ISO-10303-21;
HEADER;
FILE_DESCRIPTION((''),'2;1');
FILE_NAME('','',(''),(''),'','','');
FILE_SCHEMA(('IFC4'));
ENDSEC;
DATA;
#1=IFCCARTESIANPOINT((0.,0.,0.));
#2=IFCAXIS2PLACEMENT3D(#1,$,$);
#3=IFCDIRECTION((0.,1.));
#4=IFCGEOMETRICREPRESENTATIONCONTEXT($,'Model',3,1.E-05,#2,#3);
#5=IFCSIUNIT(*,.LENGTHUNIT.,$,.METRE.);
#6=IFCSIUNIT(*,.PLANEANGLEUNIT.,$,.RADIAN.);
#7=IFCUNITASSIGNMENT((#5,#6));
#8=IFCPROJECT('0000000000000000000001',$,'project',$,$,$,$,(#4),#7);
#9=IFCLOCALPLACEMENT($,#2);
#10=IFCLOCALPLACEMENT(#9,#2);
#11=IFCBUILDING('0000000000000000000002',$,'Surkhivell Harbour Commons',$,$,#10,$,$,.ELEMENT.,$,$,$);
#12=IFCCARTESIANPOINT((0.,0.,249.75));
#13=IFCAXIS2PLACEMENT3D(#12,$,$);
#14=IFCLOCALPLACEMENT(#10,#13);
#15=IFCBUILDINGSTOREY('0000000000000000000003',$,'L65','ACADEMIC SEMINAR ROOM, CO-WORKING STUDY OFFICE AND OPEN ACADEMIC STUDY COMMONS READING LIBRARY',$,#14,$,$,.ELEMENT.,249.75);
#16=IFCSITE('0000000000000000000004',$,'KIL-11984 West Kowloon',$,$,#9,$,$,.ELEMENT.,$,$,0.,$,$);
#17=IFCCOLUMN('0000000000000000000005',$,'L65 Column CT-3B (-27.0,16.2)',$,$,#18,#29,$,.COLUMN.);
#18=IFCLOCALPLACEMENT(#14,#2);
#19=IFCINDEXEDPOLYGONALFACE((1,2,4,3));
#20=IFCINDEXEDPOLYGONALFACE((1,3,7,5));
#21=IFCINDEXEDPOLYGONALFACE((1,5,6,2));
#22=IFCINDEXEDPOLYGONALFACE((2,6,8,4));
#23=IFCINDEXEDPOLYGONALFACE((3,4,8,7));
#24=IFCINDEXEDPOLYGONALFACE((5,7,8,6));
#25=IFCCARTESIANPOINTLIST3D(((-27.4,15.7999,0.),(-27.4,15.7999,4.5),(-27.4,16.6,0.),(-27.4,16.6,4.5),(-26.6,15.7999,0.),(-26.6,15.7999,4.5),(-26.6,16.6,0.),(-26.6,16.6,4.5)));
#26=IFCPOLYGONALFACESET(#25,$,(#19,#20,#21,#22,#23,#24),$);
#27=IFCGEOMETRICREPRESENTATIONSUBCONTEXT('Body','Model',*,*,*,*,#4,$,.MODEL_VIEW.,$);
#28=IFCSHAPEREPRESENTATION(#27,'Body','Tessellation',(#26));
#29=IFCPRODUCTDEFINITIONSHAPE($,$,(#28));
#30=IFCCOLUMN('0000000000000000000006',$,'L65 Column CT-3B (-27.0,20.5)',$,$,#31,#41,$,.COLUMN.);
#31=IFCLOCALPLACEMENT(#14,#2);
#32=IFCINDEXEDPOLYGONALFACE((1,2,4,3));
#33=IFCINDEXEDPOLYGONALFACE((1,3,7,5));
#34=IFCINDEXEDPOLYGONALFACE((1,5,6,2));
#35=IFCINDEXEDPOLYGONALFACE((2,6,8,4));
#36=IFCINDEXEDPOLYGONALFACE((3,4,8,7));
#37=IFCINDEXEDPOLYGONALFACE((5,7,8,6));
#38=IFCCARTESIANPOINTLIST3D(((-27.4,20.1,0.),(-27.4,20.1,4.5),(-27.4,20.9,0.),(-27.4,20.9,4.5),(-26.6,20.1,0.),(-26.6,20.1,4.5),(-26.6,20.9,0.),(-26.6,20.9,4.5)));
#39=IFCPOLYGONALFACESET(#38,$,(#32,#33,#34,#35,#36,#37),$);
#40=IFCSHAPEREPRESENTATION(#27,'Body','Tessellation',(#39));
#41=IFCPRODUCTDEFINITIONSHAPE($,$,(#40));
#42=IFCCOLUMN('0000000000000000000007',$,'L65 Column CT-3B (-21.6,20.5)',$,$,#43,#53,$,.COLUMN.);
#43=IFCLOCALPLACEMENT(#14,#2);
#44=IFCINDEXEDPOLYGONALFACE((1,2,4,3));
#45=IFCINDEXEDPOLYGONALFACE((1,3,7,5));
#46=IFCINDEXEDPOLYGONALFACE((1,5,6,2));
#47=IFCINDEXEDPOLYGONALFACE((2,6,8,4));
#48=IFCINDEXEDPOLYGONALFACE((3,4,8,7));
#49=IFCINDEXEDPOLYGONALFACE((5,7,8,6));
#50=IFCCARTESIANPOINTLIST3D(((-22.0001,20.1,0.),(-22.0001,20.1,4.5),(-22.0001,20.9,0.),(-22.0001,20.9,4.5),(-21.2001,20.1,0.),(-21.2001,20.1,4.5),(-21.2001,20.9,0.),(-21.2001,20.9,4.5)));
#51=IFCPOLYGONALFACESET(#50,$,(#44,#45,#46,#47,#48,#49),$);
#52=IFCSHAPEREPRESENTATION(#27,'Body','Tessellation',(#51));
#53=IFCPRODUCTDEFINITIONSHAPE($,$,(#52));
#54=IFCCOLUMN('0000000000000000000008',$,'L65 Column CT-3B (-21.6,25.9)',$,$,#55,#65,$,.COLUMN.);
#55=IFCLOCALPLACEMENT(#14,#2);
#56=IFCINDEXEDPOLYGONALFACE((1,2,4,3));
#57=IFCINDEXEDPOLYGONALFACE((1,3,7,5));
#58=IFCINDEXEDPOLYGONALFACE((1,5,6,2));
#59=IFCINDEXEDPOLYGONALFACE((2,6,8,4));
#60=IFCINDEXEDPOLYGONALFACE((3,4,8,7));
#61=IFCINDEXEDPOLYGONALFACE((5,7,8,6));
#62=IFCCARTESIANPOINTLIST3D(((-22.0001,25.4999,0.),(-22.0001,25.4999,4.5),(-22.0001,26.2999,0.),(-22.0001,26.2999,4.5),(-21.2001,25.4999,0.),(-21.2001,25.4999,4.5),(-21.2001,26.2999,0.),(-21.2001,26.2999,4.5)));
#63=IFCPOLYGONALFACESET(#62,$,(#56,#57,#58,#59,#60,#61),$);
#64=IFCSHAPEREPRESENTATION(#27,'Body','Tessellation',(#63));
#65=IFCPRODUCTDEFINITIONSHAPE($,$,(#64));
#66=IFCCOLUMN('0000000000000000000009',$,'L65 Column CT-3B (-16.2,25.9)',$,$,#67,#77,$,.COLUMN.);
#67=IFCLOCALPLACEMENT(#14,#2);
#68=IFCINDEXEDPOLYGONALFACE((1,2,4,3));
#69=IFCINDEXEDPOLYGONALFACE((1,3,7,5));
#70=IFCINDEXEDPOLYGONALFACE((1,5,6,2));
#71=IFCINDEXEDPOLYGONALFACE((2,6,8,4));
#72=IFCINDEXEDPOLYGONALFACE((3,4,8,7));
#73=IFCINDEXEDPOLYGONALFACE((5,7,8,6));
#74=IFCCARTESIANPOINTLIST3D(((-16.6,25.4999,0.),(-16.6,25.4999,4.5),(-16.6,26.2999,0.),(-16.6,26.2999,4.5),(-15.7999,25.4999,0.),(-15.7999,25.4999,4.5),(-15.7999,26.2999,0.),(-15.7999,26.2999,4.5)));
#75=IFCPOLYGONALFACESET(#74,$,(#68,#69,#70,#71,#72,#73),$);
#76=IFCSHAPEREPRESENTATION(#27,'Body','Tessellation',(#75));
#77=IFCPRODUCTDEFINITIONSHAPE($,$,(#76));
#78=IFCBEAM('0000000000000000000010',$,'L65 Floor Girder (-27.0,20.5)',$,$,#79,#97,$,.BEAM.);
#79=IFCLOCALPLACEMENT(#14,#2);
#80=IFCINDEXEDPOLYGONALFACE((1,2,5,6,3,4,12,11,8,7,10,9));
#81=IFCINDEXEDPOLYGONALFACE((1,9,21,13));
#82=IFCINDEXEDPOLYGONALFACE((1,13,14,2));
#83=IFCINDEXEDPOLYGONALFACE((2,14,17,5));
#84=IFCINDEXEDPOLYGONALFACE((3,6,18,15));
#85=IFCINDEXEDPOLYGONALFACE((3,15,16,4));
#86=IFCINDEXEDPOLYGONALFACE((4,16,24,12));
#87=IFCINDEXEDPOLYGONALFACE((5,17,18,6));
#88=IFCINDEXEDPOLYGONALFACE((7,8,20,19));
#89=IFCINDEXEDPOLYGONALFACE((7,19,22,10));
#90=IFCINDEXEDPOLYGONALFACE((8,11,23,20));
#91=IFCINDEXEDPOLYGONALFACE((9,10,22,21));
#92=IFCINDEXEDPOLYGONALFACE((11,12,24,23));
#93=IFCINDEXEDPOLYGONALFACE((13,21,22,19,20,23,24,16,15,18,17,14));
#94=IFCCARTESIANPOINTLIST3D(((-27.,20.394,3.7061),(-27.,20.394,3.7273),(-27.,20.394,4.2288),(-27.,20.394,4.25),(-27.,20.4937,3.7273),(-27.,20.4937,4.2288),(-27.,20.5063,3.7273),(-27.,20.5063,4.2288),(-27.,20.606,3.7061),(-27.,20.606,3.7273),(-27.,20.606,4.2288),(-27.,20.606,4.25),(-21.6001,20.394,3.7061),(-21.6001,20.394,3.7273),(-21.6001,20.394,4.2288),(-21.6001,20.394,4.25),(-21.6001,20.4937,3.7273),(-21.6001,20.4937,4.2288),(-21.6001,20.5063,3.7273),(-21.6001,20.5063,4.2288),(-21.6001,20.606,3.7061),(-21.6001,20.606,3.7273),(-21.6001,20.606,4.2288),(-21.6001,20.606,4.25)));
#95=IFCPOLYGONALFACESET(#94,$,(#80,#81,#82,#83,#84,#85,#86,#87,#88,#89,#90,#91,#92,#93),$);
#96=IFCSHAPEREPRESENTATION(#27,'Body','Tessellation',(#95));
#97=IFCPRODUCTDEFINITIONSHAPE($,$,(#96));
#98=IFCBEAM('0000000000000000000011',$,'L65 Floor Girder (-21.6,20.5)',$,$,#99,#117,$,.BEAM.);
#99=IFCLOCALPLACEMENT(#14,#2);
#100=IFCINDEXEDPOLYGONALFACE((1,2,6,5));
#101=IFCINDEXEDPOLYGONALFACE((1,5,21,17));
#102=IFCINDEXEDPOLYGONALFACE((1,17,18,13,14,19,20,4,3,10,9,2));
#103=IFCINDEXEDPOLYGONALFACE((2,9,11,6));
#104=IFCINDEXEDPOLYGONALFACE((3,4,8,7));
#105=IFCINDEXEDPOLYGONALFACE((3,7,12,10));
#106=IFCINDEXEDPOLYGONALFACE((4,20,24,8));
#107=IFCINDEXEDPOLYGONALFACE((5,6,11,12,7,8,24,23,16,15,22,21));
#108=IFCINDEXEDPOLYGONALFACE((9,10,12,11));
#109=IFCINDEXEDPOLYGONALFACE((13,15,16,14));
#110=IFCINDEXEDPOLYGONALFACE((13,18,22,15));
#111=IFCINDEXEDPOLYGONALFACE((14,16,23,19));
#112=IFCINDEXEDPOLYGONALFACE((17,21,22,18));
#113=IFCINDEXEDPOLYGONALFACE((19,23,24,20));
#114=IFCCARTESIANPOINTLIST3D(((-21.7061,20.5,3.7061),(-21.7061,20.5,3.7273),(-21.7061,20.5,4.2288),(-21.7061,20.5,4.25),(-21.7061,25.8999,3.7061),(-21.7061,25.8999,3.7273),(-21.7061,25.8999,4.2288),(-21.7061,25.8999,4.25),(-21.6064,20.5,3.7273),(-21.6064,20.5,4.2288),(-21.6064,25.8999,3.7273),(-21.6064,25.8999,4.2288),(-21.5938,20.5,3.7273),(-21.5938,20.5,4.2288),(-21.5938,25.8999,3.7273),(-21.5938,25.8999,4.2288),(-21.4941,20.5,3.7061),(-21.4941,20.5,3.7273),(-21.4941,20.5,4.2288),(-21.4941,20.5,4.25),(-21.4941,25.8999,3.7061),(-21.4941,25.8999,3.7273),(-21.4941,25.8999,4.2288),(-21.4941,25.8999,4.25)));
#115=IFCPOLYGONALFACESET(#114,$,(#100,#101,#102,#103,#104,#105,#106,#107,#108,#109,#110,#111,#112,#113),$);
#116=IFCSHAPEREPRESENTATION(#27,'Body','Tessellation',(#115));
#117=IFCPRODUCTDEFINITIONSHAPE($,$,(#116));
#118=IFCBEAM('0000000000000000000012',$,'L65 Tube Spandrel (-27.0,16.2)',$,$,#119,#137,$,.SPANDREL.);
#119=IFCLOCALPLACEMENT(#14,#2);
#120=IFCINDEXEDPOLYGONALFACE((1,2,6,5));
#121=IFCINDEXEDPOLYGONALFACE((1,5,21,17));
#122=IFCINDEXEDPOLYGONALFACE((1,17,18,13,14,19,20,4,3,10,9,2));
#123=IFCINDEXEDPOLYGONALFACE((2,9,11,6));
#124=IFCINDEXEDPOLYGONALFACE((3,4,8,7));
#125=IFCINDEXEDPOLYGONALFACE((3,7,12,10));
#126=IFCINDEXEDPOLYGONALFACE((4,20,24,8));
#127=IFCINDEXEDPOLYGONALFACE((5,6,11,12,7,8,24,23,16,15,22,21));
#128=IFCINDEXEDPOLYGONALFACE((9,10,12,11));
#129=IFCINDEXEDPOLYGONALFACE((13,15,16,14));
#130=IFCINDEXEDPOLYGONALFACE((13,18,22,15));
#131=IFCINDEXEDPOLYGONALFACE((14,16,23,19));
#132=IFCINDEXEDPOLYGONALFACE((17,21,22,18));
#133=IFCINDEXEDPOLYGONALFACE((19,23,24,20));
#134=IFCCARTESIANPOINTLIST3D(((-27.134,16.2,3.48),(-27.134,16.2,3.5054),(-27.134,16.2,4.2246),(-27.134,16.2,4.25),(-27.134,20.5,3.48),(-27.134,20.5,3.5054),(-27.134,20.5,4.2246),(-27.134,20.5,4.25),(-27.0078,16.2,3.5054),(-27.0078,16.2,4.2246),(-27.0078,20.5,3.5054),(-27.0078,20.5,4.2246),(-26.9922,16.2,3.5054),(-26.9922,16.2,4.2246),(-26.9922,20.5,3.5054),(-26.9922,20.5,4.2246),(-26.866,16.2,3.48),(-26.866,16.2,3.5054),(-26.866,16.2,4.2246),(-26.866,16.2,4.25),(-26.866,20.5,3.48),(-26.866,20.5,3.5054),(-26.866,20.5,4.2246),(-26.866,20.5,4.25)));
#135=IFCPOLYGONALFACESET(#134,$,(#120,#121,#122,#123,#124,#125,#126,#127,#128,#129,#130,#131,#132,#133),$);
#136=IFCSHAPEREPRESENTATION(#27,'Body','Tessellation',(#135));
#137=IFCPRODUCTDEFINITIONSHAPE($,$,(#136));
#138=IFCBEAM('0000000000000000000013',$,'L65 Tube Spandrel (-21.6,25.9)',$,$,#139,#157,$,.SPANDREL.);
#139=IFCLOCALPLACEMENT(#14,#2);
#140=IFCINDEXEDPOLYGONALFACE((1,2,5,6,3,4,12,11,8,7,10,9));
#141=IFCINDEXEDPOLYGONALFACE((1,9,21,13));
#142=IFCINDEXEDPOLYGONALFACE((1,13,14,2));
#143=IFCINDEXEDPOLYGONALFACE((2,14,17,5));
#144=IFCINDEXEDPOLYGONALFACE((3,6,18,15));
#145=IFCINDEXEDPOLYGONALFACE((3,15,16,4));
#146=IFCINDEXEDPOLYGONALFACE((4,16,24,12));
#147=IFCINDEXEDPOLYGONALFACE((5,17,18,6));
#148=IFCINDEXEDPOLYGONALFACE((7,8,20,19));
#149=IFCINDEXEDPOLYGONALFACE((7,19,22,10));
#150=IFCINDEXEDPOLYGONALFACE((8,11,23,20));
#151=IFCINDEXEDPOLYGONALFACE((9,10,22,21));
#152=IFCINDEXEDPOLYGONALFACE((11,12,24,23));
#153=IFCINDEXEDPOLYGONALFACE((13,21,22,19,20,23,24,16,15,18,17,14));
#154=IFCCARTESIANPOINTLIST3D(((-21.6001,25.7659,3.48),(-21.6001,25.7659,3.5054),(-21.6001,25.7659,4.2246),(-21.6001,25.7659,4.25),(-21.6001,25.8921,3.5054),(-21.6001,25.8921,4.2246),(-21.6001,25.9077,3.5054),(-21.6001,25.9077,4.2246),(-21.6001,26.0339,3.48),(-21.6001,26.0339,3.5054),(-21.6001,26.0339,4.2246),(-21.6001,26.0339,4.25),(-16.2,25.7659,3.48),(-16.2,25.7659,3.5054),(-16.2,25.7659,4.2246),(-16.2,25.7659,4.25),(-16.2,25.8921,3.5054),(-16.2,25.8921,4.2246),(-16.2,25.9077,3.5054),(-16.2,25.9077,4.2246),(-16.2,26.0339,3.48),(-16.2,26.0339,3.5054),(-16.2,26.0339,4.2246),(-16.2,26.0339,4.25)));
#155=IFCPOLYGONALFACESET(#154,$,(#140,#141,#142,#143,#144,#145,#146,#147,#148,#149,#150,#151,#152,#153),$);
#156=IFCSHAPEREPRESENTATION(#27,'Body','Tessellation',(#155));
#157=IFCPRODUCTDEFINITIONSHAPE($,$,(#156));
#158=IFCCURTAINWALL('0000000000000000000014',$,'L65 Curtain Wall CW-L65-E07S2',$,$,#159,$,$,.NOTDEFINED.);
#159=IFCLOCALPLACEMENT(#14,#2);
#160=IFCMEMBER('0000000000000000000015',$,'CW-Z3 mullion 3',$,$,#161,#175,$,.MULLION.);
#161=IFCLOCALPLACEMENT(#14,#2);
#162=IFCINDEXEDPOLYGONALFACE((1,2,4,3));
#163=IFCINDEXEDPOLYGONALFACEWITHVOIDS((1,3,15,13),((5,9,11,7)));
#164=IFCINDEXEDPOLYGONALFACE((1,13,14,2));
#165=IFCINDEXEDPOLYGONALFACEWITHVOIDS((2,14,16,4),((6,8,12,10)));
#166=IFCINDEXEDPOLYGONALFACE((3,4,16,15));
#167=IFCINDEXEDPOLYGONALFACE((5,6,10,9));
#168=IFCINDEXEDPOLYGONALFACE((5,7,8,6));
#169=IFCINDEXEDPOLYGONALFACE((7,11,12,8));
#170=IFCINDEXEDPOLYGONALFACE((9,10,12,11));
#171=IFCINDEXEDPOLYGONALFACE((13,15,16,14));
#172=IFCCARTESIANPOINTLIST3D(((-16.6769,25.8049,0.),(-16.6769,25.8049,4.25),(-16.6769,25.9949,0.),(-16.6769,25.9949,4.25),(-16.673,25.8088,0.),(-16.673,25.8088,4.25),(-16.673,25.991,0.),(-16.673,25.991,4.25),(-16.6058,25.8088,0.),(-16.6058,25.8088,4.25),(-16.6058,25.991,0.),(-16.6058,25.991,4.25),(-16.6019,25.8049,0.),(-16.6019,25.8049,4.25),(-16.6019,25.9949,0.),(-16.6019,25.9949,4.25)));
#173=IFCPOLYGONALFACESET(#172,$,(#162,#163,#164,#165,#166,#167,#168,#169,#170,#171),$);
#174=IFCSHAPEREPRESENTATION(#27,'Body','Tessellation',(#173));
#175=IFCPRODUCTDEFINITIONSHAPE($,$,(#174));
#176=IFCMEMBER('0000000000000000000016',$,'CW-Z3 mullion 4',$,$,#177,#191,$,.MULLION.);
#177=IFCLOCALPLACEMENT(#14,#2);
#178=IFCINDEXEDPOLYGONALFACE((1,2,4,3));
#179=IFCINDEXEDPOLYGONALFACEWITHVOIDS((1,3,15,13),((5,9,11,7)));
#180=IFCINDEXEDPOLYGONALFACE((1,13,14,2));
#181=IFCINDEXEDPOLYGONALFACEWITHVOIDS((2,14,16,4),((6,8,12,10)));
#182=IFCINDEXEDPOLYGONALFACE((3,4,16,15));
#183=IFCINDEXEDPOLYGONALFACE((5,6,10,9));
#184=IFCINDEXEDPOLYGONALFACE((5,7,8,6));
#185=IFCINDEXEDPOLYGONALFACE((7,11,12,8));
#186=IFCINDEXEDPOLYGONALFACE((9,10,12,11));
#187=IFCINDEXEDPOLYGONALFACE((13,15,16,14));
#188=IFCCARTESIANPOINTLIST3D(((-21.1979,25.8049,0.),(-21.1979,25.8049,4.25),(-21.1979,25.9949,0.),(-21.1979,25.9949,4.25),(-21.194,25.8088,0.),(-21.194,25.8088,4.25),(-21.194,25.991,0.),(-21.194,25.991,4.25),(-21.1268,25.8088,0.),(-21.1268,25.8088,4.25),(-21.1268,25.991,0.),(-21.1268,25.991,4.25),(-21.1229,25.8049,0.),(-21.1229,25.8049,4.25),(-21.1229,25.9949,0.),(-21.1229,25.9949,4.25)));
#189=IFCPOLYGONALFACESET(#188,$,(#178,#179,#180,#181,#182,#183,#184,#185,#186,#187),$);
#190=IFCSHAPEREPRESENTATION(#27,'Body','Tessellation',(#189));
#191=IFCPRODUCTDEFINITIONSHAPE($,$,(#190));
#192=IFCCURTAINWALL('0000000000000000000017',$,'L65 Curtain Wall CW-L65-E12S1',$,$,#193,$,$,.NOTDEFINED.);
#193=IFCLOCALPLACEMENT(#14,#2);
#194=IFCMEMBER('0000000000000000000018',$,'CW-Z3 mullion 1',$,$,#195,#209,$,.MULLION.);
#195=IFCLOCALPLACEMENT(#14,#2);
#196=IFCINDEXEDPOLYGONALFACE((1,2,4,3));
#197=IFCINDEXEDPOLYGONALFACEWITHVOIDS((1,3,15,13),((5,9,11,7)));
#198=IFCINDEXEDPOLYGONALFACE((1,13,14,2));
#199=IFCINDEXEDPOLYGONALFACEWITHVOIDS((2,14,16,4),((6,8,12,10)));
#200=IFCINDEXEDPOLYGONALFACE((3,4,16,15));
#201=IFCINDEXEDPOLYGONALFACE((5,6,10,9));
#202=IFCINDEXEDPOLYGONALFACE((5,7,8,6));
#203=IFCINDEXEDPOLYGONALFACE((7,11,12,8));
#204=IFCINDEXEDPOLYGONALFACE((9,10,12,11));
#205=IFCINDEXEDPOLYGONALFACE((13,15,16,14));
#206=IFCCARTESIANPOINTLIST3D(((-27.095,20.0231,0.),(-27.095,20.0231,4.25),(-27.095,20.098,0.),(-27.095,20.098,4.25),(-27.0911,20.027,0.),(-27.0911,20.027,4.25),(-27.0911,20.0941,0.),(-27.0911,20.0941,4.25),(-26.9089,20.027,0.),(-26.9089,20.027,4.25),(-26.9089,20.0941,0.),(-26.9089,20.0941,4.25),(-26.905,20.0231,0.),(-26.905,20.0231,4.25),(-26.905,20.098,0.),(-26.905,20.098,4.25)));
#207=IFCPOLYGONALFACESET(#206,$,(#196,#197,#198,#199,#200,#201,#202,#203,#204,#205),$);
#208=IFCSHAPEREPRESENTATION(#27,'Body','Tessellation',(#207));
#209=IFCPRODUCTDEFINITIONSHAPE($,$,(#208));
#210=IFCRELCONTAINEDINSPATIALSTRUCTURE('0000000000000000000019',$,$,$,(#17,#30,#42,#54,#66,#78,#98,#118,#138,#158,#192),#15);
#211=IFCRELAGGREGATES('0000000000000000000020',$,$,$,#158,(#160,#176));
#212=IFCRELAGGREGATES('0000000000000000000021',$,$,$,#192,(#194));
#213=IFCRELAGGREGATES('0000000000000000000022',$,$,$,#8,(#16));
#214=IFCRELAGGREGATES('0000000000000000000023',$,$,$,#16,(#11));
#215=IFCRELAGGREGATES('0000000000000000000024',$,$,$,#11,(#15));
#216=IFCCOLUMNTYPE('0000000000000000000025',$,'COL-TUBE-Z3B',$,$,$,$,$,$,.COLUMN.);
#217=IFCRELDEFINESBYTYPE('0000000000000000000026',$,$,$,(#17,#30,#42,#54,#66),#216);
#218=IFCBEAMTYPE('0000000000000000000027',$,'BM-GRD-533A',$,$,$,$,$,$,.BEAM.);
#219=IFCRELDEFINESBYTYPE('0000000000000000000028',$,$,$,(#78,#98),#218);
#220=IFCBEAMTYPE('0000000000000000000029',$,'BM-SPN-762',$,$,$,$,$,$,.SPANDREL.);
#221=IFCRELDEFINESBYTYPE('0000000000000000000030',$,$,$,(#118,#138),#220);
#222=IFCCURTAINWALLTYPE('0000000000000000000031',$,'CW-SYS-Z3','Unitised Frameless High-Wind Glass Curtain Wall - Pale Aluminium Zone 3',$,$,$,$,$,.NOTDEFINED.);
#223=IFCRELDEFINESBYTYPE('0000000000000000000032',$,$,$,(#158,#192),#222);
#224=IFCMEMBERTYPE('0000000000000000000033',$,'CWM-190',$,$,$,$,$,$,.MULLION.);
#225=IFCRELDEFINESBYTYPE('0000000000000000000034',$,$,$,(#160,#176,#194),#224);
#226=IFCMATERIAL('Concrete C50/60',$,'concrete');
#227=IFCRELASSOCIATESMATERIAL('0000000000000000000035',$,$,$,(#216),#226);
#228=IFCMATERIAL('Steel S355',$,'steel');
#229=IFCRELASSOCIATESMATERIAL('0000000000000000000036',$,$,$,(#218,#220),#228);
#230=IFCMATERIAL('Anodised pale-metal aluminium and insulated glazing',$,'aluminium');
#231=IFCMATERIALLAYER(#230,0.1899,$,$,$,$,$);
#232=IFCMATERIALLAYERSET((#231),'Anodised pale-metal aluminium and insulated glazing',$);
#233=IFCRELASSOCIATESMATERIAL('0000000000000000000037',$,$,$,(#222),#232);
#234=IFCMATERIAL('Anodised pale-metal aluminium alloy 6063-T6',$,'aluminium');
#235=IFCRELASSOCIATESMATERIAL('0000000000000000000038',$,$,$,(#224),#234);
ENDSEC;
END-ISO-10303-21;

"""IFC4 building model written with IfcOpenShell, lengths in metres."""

from ifc_helpers import new_model, si_unit, direction, frame, origin, origin_2d, place, context, subcontext, project, spatial, rectangle, hollow_rectangle, i_section, extrude, material, layer, layer_set, material_profile, profile_set, type_object, element, aggregate, save


model = new_model("IFC4")

# Units and contexts
model_context = context("Model", 3, precision=1e-05, world=origin(), true_north=direction((0.0, 1.0)))
body_context = subcontext(model_context, "Body", "Model", "MODEL_VIEW")
ifc_project = project(units=[si_unit("LENGTHUNIT", "METRE"), si_unit("PLANEANGLEUNIT", "RADIAN")], contexts=[model_context])

# Site, building, storey
site_placement = place(None, origin())
site = spatial("IfcSite", under=ifc_project, at=site_placement, Name="KIL-11984 West Kowloon", CompositionType="ELEMENT", RefElevation=0.0)
building_placement = place(site_placement, origin())
building = spatial("IfcBuilding", under=site, at=building_placement, Name="Surkhivell Harbour Commons", CompositionType="ELEMENT")
storey_placement = place(building_placement, frame((0.0, 0.0, 249.75)))
storey = spatial("IfcBuildingStorey", under=building, at=storey_placement, Name="L65", Description="ACADEMIC SEMINAR ROOM, CO-WORKING STUDY OFFICE AND OPEN ACADEMIC STUDY COMMONS READING LIBRARY", CompositionType="ELEMENT", Elevation=249.75)

# Columns
ifc_material_1 = material(Name="Concrete C50/60", Category="concrete")
ifc_material_profile_1 = material_profile(ifc_material_1, rectangle(XDim=0.8, YDim=0.8, at=origin_2d()), Name="RC-COL-800x800")
ifc_profile_set_1 = profile_set([ifc_material_profile_1], Name="Concrete C50/60")
column_type = type_object("IfcColumnType", Name="COL-TUBE-Z3B", PredefinedType="COLUMN", material=ifc_profile_set_1)
for number, where, z_axis, x_axis, name in (
    (1, (-27.0, 16.2, 0.0), (0.0, 0.0, 1.0), (1.0, 0.0, 0.0), "L65 Column CT-3B (-27.0,16.2)"),
    (2, (-27.0, 20.5, 0.0), (0.0, 0.0, 1.0), (1.0, 0.0, 0.0), "L65 Column CT-3B (-27.0,20.5)"),
    (3, (-21.6001, 20.5, 0.0), (0.0, 0.0, 1.0), (1.0, 0.0, 0.0), "L65 Column CT-3B (-21.6,20.5)"),
    (4, (-21.6001, 25.8999, 0.0), (0.0, 0.0, 1.0), (1.0, 0.0, 0.0), "L65 Column CT-3B (-21.6,25.9)"),
    (5, (-16.2, 25.8999, 0.0), (0.0, 0.0, 1.0), (1.0, 0.0, 0.0), "L65 Column CT-3B (-16.2,25.9)"),
):
    element("IfcColumn", number, at=place(storey_placement, frame(where, z_axis=z_axis, x_axis=x_axis)), inside=storey, type_object=column_type, Name=name, PredefinedType="COLUMN", context=body_context, shape_type="SweptSolid", body=[
        extrude(rectangle(XDim=0.8, YDim=0.8, at=origin_2d()), origin(), (0.0, 0.0, 1.0), 4.5),
    ])

# Beams
ifc_material_2 = material(Name="Steel S355", Category="steel")
ifc_material_profile_2 = material_profile(ifc_material_2, i_section(OverallWidth=0.2119, OverallDepth=0.5439, WebThickness=0.0127, FlangeThickness=0.0212, at=origin_2d()), Name="UB533x210x122")
ifc_profile_set_2 = profile_set([ifc_material_profile_2], Name="Steel S355")
beam_type_1 = type_object("IfcBeamType", Name="BM-GRD-533A", PredefinedType="BEAM", material=ifc_profile_set_2)
for number, where, z_axis, x_axis, name in (
    (6, (-27.0, 20.5, 3.978), (1.0, 0.0, 0.0), (0.0, 1.0, 0.0), "L65 Floor Girder (-27.0,20.5)"),
    (7, (-21.6001, 20.5, 3.978), (0.0, 1.0, 0.0), (-1.0, 0.0, 0.0), "L65 Floor Girder (-21.6,20.5)"),
):
    element("IfcBeam", number, at=place(storey_placement, frame(where, z_axis=z_axis, x_axis=x_axis)), inside=storey, type_object=beam_type_1, Name=name, PredefinedType="BEAM", context=body_context, shape_type="SweptSolid", body=[
        extrude(i_section(OverallWidth=0.2119, OverallDepth=0.5439, WebThickness=0.0127, FlangeThickness=0.0212, at=origin_2d()), origin(), (0.0, 0.0, 1.0), 5.3999),
    ])
ifc_material_profile_3 = material_profile(ifc_material_2, i_section(OverallWidth=0.2681, OverallDepth=0.77, WebThickness=0.0156, FlangeThickness=0.0254, at=origin_2d()), Name="UB762x267x197")
ifc_profile_set_3 = profile_set([ifc_material_profile_3], Name="Steel S355")
beam_type_2 = type_object("IfcBeamType", Name="BM-SPN-762", PredefinedType="SPANDREL", material=ifc_profile_set_3)
beam_1_placement = place(storey_placement, frame((-27.0, 16.2, 3.865), z_axis=(0.0, 1.0, 0.0), x_axis=(-1.0, 0.0, 0.0)))
element("IfcBeam", 8, at=beam_1_placement, inside=storey, type_object=beam_type_2, Name="L65 Tube Spandrel (-27.0,16.2)", PredefinedType="SPANDREL", context=body_context, shape_type="SweptSolid", body=[
    extrude(i_section(OverallWidth=0.2681, OverallDepth=0.77, WebThickness=0.0156, FlangeThickness=0.0254, at=origin_2d()), origin(), (0.0, 0.0, 1.0), 4.3),
])
beam_2_placement = place(storey_placement, frame((-21.6001, 25.8999, 3.865), z_axis=(1.0, 0.0, 0.0), x_axis=(0.0, 1.0, 0.0)))
element("IfcBeam", 9, at=beam_2_placement, inside=storey, type_object=beam_type_2, Name="L65 Tube Spandrel (-21.6,25.9)", PredefinedType="SPANDREL", context=body_context, shape_type="SweptSolid", body=[
    extrude(i_section(OverallWidth=0.2681, OverallDepth=0.77, WebThickness=0.0156, FlangeThickness=0.0254, at=origin_2d()), origin(), (0.0, 0.0, 1.0), 5.4001),
])

# Curtain walls, members
ifc_material_3 = material(Name="Anodised pale-metal aluminium and insulated glazing", Category="aluminium")
ifc_layer_1 = layer(ifc_material_3, 0.1899)
ifc_layer_set_1 = layer_set([ifc_layer_1], Name="Anodised pale-metal aluminium and insulated glazing")
curtain_wall_type = type_object("IfcCurtainWallType", Name="CW-SYS-Z3", Description="Unitised Frameless High-Wind Glass Curtain Wall - Pale Aluminium Zone 3", PredefinedType="NOTDEFINED", material=ifc_layer_set_1)
curtain_wall_1_placement = place(storey_placement, origin())
curtain_wall_1 = element("IfcCurtainWall", 10, at=curtain_wall_1_placement, inside=storey, type_object=curtain_wall_type, Name="L65 Curtain Wall CW-L65-E07S2", PredefinedType="NOTDEFINED")
ifc_material_4 = material(Name="Anodised pale-metal aluminium alloy 6063-T6", Category="aluminium")
ifc_material_profile_4 = material_profile(ifc_material_4, hollow_rectangle(XDim=0.075, YDim=0.1899, WallThickness=0.0039, at=origin_2d()), Name="ALU-MULL-75x190")
ifc_profile_set_4 = profile_set([ifc_material_profile_4], Name="Anodised pale-metal aluminium alloy 6063-T6")
member_type_1 = type_object("IfcMemberType", Name="CWM-190", PredefinedType="MULLION", material=ifc_profile_set_4)
member_1_placement = place(storey_placement, frame((-16.6394, 25.8999, 0.0), z_axis=(0.0, 0.0, 1.0), x_axis=(-1.0, 0.0, 0.0)))
member_1 = element("IfcMember", 11, at=member_1_placement, type_object=member_type_1, Name="CW-Z3 mullion 3", PredefinedType="MULLION", context=body_context, shape_type="SweptSolid", body=[
    extrude(hollow_rectangle(XDim=0.075, YDim=0.1899, WallThickness=0.0039, at=origin_2d()), origin(), (0.0, 0.0, 1.0), 4.25),
])
member_2_placement = place(storey_placement, frame((-21.1604, 25.8999, 0.0), z_axis=(0.0, 0.0, 1.0), x_axis=(-1.0, 0.0, 0.0)))
member_2 = element("IfcMember", 12, at=member_2_placement, type_object=member_type_1, Name="CW-Z3 mullion 4", PredefinedType="MULLION", context=body_context, shape_type="SweptSolid", body=[
    extrude(hollow_rectangle(XDim=0.075, YDim=0.1899, WallThickness=0.0039, at=origin_2d()), origin(), (0.0, 0.0, 1.0), 4.25),
])
curtain_wall_2_placement = place(storey_placement, origin())
curtain_wall_2 = element("IfcCurtainWall", 13, at=curtain_wall_2_placement, inside=storey, type_object=curtain_wall_type, Name="L65 Curtain Wall CW-L65-E12S1", PredefinedType="NOTDEFINED")
member_3_placement = place(storey_placement, frame((-27.0, 20.0605, 0.0), z_axis=(0.0, 0.0, 1.0), x_axis=(0.0, -1.0, 0.0)))
member_3 = element("IfcMember", 14, at=member_3_placement, type_object=member_type_1, Name="CW-Z3 mullion 1", PredefinedType="MULLION", context=body_context, shape_type="SweptSolid", body=[
    extrude(hollow_rectangle(XDim=0.075, YDim=0.1899, WallThickness=0.0039, at=origin_2d()), origin(), (0.0, 0.0, 1.0), 4.25),
])

aggregate(curtain_wall_1, [member_1, member_2])
aggregate(curtain_wall_2, [member_3])

save(model, "model.ifc")
